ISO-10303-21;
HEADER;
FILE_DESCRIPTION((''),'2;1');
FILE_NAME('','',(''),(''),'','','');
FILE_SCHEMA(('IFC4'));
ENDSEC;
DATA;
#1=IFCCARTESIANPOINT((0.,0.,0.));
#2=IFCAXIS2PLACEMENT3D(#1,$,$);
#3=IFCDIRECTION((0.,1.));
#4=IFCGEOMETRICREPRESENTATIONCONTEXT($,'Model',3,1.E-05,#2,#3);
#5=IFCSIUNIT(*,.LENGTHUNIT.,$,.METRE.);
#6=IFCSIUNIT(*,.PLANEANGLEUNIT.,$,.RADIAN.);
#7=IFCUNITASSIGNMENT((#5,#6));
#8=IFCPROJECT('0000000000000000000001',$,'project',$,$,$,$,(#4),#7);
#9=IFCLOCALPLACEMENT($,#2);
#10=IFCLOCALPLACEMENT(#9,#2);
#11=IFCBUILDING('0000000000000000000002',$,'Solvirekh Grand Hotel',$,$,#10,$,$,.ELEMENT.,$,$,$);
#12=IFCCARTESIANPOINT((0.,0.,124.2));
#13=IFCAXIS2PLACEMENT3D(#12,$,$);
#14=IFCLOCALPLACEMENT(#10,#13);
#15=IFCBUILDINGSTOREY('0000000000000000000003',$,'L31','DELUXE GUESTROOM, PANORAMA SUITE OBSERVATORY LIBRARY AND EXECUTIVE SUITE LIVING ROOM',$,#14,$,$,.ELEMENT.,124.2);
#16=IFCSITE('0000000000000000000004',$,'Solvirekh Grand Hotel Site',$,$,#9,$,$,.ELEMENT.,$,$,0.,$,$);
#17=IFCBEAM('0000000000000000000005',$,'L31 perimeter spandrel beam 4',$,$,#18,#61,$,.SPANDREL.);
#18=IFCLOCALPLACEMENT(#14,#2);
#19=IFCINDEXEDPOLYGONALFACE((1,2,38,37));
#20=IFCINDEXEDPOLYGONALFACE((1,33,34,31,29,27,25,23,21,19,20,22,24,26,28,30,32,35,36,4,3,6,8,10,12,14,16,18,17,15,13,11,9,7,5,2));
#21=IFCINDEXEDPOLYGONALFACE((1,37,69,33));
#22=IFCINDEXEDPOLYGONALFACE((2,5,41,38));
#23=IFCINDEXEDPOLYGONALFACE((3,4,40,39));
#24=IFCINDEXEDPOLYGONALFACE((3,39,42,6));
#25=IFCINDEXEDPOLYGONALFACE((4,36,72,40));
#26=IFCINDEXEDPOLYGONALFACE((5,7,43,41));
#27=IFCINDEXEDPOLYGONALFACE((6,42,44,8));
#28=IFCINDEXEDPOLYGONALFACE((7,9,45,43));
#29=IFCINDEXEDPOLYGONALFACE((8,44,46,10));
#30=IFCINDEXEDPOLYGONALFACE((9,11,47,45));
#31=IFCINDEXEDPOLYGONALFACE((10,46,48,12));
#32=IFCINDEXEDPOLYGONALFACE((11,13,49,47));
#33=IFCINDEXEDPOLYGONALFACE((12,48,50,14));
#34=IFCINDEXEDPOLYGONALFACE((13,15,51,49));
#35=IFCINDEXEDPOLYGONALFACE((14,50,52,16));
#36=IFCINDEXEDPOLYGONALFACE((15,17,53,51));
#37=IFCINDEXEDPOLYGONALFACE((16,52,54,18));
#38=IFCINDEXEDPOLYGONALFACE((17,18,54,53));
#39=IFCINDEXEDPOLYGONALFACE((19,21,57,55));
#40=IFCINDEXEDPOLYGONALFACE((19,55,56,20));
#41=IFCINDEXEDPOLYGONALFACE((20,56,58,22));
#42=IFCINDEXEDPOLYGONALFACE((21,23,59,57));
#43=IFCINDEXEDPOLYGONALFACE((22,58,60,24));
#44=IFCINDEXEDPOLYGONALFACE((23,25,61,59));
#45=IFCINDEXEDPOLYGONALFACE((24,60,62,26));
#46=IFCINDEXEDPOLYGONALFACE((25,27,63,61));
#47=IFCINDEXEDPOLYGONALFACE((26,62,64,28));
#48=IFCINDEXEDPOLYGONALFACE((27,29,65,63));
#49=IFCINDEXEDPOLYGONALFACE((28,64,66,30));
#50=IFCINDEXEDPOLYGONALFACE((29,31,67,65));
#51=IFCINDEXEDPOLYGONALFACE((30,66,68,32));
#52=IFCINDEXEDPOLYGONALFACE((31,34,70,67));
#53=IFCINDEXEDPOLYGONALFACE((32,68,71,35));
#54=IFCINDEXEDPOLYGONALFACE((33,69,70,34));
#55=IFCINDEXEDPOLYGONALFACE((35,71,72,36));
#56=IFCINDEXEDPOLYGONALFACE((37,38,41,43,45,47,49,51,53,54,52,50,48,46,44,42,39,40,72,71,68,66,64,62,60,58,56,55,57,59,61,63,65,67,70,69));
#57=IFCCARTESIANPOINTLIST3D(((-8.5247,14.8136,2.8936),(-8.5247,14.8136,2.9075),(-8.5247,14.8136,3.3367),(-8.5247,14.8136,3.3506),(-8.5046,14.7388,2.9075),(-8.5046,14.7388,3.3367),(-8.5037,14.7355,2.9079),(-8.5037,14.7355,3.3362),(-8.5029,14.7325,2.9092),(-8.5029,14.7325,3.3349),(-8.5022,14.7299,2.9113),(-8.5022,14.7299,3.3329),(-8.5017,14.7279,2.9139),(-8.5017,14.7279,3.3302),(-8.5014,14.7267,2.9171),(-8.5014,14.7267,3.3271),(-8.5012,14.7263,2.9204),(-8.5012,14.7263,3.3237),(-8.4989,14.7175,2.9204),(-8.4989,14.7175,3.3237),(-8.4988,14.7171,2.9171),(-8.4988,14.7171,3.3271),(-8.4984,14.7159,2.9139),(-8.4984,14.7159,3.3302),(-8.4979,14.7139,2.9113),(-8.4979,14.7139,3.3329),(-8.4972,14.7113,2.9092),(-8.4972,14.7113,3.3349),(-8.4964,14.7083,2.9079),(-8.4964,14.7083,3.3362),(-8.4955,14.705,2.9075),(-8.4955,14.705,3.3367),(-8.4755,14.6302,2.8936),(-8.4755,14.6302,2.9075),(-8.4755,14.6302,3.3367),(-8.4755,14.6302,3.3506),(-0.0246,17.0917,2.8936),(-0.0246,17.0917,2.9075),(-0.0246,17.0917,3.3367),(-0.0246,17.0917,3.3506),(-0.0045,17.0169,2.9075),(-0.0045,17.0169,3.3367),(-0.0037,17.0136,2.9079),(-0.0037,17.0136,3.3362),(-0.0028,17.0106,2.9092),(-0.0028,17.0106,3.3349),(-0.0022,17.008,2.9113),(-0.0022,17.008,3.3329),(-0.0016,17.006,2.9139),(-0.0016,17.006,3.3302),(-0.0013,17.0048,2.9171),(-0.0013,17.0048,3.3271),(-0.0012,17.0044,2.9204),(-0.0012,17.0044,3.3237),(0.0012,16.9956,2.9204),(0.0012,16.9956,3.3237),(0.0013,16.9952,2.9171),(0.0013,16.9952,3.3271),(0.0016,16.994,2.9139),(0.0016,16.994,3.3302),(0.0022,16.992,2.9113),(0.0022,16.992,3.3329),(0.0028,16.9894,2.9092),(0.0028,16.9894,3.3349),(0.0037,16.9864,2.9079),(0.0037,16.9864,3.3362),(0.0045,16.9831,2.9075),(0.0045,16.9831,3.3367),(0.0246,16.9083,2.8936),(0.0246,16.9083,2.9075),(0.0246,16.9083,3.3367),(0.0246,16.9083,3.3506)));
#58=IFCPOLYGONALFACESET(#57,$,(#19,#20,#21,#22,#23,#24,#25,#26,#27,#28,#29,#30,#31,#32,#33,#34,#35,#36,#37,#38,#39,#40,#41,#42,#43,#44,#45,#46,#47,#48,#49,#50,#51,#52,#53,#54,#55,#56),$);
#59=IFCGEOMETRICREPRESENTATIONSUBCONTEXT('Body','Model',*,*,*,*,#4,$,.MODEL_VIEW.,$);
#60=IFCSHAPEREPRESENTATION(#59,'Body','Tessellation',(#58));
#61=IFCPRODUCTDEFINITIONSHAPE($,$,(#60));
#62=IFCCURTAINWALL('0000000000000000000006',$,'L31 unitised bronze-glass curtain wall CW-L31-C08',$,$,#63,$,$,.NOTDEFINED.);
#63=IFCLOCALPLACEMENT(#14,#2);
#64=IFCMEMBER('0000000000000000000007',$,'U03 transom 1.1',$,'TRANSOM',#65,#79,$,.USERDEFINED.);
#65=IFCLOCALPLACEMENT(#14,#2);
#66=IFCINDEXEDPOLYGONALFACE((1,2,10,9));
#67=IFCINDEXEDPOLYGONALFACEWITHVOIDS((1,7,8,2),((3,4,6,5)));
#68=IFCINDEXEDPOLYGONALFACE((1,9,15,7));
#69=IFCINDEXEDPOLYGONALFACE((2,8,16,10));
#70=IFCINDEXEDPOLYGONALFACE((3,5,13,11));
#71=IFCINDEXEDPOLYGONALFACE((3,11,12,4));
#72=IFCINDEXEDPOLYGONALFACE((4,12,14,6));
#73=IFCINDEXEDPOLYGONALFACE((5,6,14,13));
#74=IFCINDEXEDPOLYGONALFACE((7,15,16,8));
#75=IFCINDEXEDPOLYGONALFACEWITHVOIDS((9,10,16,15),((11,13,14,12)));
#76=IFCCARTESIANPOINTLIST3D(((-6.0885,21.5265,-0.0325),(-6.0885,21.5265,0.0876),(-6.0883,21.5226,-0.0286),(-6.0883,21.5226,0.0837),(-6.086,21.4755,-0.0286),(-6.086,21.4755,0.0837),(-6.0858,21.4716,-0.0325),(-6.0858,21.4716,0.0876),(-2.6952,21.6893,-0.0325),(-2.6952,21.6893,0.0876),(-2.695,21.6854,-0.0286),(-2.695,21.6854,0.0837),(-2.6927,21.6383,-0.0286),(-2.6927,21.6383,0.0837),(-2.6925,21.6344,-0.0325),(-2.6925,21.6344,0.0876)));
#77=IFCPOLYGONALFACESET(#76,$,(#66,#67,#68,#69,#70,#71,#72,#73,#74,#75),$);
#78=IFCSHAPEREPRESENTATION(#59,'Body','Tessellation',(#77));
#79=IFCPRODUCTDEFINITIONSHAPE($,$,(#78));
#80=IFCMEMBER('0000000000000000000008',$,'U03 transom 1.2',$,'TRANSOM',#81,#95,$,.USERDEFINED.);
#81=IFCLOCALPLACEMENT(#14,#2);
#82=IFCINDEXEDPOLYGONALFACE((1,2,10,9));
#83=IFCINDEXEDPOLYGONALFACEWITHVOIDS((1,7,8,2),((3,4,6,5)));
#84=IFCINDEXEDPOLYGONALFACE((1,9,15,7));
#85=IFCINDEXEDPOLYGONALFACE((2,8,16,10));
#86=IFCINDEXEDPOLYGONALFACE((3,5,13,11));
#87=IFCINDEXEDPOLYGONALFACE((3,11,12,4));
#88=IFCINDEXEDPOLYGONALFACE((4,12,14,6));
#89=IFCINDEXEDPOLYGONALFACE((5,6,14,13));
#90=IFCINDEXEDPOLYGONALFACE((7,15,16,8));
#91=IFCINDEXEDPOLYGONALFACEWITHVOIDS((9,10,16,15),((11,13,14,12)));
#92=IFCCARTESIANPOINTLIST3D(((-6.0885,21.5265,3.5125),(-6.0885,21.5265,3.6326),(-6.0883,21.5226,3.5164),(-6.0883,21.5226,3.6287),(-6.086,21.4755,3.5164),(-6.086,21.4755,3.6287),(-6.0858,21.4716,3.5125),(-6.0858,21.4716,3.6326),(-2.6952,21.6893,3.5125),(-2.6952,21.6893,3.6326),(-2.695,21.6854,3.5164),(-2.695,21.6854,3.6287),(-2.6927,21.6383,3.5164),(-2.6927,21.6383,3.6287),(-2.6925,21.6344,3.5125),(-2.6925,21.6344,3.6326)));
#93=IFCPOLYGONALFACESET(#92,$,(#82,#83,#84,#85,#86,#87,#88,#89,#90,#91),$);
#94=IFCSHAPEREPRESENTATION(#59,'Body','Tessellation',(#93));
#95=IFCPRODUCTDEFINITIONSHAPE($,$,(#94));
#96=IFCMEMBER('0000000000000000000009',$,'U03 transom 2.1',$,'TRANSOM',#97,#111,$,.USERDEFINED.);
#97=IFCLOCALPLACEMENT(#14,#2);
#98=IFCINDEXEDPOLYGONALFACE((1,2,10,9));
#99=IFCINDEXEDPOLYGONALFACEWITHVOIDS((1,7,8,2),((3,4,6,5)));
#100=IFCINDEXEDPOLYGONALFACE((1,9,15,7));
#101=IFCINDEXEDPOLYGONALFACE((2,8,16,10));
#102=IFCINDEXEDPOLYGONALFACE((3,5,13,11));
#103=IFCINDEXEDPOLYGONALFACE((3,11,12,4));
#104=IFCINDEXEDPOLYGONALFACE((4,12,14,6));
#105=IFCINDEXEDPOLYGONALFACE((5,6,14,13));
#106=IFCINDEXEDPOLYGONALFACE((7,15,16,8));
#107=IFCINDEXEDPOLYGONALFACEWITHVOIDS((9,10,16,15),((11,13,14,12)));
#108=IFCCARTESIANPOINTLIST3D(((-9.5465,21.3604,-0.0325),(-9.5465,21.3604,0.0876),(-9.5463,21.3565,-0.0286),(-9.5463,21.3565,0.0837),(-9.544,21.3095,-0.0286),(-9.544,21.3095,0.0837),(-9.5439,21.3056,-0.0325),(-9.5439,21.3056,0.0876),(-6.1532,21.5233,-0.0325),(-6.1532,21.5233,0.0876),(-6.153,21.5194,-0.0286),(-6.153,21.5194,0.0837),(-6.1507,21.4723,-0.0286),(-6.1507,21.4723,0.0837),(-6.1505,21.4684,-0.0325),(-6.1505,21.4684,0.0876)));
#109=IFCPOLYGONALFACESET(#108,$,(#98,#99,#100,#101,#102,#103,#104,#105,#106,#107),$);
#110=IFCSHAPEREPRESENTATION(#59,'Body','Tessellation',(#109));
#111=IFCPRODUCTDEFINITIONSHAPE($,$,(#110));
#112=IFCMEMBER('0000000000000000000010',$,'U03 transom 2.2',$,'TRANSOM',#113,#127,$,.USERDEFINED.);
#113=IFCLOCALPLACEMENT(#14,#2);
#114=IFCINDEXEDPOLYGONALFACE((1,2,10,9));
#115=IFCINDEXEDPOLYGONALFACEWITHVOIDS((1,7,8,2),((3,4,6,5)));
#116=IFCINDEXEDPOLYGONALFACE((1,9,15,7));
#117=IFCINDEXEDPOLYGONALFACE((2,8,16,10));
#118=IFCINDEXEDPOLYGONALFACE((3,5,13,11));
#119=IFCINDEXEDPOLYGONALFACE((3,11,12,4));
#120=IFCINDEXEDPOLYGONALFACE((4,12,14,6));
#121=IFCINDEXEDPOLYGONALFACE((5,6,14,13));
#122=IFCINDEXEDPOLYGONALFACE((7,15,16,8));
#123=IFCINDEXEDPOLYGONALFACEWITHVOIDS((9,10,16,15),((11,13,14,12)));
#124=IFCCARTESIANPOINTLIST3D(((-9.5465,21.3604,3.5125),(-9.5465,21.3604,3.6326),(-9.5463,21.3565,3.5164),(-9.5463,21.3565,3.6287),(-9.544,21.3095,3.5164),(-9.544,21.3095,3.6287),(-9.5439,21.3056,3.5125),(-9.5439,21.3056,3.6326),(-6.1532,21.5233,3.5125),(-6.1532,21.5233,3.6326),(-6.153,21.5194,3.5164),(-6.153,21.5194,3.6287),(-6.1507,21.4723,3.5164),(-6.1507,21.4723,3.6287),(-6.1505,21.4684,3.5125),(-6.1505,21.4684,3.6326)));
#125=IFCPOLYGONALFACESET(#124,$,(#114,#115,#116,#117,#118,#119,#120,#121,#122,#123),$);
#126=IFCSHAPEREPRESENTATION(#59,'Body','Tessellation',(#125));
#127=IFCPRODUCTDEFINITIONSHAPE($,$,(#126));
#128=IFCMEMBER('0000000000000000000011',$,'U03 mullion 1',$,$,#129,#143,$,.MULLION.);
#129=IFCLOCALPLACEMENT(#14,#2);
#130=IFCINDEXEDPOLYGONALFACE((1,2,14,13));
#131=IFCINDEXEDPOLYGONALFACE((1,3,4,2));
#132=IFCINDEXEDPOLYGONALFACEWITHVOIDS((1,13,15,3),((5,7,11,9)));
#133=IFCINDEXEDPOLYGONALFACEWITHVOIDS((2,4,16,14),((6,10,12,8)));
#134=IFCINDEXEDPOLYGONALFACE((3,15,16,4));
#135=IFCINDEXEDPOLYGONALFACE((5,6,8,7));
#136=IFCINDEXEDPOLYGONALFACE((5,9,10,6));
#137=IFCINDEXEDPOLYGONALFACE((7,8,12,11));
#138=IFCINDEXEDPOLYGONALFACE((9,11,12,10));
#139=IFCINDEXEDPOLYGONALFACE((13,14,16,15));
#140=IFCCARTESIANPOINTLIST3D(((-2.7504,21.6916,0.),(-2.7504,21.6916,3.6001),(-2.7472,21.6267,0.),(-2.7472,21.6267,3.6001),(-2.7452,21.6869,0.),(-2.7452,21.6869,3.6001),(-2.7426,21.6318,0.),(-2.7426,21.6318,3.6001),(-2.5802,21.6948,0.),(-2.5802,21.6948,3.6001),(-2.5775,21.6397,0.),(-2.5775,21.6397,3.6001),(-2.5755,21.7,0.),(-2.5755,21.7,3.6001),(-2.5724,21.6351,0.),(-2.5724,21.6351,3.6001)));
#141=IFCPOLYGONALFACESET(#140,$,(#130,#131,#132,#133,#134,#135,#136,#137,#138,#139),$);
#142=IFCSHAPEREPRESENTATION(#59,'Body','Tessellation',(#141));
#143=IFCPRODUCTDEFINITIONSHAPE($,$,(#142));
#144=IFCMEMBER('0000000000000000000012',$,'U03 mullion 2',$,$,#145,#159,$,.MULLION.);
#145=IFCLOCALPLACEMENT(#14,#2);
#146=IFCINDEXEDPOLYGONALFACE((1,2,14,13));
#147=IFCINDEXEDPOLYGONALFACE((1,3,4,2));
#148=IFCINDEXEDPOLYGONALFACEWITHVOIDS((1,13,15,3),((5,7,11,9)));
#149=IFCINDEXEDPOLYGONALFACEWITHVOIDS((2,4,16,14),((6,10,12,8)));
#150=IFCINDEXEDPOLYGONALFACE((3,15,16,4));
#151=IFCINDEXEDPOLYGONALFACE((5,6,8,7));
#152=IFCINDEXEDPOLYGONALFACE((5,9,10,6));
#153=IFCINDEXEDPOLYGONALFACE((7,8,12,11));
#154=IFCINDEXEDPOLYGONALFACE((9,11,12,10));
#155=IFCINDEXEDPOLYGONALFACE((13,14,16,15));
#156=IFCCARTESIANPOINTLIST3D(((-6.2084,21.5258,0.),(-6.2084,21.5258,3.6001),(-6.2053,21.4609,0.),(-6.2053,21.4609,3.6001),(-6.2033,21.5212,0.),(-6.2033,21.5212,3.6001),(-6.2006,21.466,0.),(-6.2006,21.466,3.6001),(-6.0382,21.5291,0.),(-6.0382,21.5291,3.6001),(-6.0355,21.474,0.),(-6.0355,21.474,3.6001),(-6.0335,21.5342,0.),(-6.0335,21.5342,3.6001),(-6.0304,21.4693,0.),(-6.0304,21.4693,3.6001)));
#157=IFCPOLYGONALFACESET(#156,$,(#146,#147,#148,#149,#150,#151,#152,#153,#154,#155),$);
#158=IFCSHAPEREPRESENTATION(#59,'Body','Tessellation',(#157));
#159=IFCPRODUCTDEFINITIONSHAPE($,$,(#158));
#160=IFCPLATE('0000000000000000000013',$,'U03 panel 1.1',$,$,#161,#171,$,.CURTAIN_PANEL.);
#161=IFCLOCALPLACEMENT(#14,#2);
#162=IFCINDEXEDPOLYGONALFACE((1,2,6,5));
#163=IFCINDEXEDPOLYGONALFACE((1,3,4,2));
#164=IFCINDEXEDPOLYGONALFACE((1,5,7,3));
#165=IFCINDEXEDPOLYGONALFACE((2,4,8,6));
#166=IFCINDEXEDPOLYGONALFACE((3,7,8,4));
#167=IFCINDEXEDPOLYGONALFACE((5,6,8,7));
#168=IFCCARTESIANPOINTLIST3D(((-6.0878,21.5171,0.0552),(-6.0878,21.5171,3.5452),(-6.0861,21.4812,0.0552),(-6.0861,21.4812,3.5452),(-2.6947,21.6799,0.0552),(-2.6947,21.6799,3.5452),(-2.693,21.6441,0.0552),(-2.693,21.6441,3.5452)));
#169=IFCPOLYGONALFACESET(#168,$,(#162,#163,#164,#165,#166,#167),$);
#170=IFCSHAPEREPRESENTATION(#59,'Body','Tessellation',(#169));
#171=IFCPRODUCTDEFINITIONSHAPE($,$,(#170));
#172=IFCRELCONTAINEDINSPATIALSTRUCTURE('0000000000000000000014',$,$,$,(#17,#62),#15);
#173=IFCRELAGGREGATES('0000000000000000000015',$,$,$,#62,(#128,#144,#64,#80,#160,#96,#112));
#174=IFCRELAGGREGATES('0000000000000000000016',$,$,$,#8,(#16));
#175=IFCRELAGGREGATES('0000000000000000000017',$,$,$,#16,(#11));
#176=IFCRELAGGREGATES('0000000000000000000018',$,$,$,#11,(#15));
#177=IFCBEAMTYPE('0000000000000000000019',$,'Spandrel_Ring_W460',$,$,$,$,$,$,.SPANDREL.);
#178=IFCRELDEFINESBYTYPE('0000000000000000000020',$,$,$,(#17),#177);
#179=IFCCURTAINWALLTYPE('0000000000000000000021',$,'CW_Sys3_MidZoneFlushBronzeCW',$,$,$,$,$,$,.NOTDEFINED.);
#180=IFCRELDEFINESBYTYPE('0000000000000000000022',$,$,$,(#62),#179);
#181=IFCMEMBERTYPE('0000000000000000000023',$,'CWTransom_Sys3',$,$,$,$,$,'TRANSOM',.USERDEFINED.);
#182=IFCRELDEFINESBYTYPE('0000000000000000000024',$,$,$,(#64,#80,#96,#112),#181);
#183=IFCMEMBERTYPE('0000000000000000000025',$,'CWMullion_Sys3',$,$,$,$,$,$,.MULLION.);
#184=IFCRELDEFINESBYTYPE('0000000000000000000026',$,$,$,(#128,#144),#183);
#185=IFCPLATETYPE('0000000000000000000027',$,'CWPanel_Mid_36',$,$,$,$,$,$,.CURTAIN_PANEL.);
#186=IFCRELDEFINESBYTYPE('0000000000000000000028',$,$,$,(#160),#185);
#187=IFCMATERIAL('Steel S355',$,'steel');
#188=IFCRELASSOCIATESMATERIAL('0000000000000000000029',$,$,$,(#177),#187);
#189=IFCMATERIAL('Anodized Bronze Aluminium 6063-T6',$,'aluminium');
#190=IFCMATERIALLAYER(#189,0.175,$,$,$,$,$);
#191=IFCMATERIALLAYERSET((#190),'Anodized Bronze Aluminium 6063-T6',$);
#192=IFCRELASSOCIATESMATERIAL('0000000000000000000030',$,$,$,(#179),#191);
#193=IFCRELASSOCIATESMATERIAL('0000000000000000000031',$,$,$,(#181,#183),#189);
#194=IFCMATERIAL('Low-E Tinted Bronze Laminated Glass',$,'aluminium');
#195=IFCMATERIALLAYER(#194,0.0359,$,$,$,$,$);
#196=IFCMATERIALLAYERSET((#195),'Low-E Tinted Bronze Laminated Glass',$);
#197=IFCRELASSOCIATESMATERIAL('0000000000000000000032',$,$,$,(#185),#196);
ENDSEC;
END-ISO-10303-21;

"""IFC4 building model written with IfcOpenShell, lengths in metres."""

from ifc_helpers import new_model, si_unit, direction, frame, origin, origin_2d, place, context, subcontext, project, spatial, rectangle, hollow_rectangle, i_section, extrude, source, transform, mapped, material, layer, layer_set, material_profile, profile_set, type_object, element, aggregate, save


model = new_model("IFC4")

# Units and contexts
model_context = context("Model", 3, precision=1e-05, world=origin(), true_north=direction((0.0, 1.0)))
body_context = subcontext(model_context, "Body", "Model", "MODEL_VIEW")
ifc_project = project(units=[si_unit("LENGTHUNIT", "METRE"), si_unit("PLANEANGLEUNIT", "RADIAN")], contexts=[model_context])

# Site, building, storey
site_placement = place(None, origin())
site = spatial("IfcSite", under=ifc_project, at=site_placement, Name="Solvirekh Grand Hotel Site", CompositionType="ELEMENT", RefElevation=0.0)
building_placement = place(site_placement, origin())
building = spatial("IfcBuilding", under=site, at=building_placement, Name="Solvirekh Grand Hotel", CompositionType="ELEMENT")
storey_placement = place(building_placement, frame((0.0, 0.0, 124.2)))
storey = spatial("IfcBuildingStorey", under=building, at=storey_placement, Name="L31", Description="DELUXE GUESTROOM, PANORAMA SUITE OBSERVATORY LIBRARY AND EXECUTIVE SUITE LIVING ROOM", CompositionType="ELEMENT", Elevation=124.2)

# Beam
ifc_material_1 = material(Name="Steel S355", Category="steel")
ifc_material_profile_1 = material_profile(ifc_material_1, i_section(OverallWidth=0.1899, OverallDepth=0.457, WebThickness=0.009, FlangeThickness=0.0139, FilletRadius=0.0129, at=origin_2d()), Name="W460X74")
ifc_profile_set_1 = profile_set([ifc_material_profile_1], Name="Steel S355")
beam_type_1 = type_object("IfcBeamType", Name="Spandrel_Ring_W460", PredefinedType="SPANDREL", material=ifc_profile_set_1)
beam_1_placement = place(storey_placement, frame((0.0, 17.0, 3.1221), z_axis=(-0.965911, -0.258873, 0.0), x_axis=(0.258873, -0.965911, 0.0)))
element("IfcBeam", 1, at=beam_1_placement, inside=storey, type_object=beam_type_1, Name="L31 perimeter spandrel beam 4", PredefinedType="SPANDREL", context=body_context, shape_type="SweptSolid", body=[
    extrude(i_section(OverallWidth=0.1899, OverallDepth=0.457, WebThickness=0.009, FlangeThickness=0.0139, FilletRadius=0.0129, at=origin_2d()), origin(), (0.0, 0.0, 1.0), 8.8),
])

# Curtain wall, members, plate
ifc_material_2 = material(Name="Anodized Bronze Aluminium 6063-T6", Category="aluminium")
ifc_layer_1 = layer(ifc_material_2, 0.175)
ifc_layer_set_1 = layer_set([ifc_layer_1], Name="Anodized Bronze Aluminium 6063-T6")
curtain_wall_type = type_object("IfcCurtainWallType", Name="CW_Sys3_MidZoneFlushBronzeCW", PredefinedType="NOTDEFINED", material=ifc_layer_set_1)
curtain_wall_placement = place(storey_placement, origin())
curtain_wall = element("IfcCurtainWall", 2, at=curtain_wall_placement, inside=storey, type_object=curtain_wall_type, Name="L31 unitised bronze-glass curtain wall CW-L31-C08", PredefinedType="NOTDEFINED")
ifc_material_profile_2 = material_profile(ifc_material_2, hollow_rectangle(XDim=0.0549, YDim=0.1201, WallThickness=0.0039, at=origin_2d()), Name="ALU RHS 120X55X4")
ifc_profile_set_2 = profile_set([ifc_material_profile_2], Name="Anodized Bronze Aluminium 6063-T6")
member_type_1 = type_object("IfcMemberType", Name="CWTransom_Sys3", ElementType="TRANSOM", PredefinedType="USERDEFINED", material=ifc_profile_set_2)
shared_shape_1 = source(origin(), body_context, "Body", "SweptSolid", [
    extrude(hollow_rectangle(XDim=0.0549, YDim=0.1201, WallThickness=0.0039, at=origin_2d()), origin(), (0.0, 0.0, 1.0), 3.3972),
])
member_1_placement = place(storey_placement, frame((-2.6938, 21.6619, 0.0276), z_axis=(-0.998851, -0.047934, 0.0), x_axis=(0.047934, -0.998851, 0.0)))
member_1 = element("IfcMember", 3, at=member_1_placement, type_object=member_type_1, Name="U03 transom 1.1", ObjectType="TRANSOM", PredefinedType="USERDEFINED", context=body_context, shape_type="MappedRepresentation", body=[
    mapped(shared_shape_1, transform((0.0, 0.0, 0.0), x_axis=(1.0, 0.0, 0.0), y_axis=(0.0, 1.0, 0.0), z_axis=(0.0, 0.0, 1.0), scale=1.0)),
])
member_2_placement = place(storey_placement, frame((-2.6938, 21.6619, 3.5725), z_axis=(-0.998851, -0.047934, 0.0), x_axis=(0.047934, -0.998851, 0.0)))
member_2 = element("IfcMember", 4, at=member_2_placement, type_object=member_type_1, Name="U03 transom 1.2", ObjectType="TRANSOM", PredefinedType="USERDEFINED", context=body_context, shape_type="MappedRepresentation", body=[
    mapped(shared_shape_1, transform((0.0, 0.0, 0.0), x_axis=(1.0, 0.0, 0.0), y_axis=(0.0, 1.0, 0.0), z_axis=(0.0, 0.0, 1.0), scale=1.0)),
])
member_3_placement = place(storey_placement, frame((-6.1519, 21.4958, 0.0276), z_axis=(-0.998851, -0.047934, 0.0), x_axis=(0.047934, -0.998851, 0.0)))
member_3 = element("IfcMember", 5, at=member_3_placement, type_object=member_type_1, Name="U03 transom 2.1", ObjectType="TRANSOM", PredefinedType="USERDEFINED", context=body_context, shape_type="MappedRepresentation", body=[
    mapped(shared_shape_1, transform((0.0, 0.0, 0.0), x_axis=(1.0, 0.0, 0.0), y_axis=(0.0, 1.0, 0.0), z_axis=(0.0, 0.0, 1.0), scale=1.0)),
])
member_4_placement = place(storey_placement, frame((-6.1519, 21.4958, 3.5725), z_axis=(-0.998851, -0.047934, 0.0), x_axis=(0.047934, -0.998851, 0.0)))
member_4 = element("IfcMember", 6, at=member_4_placement, type_object=member_type_1, Name="U03 transom 2.2", ObjectType="TRANSOM", PredefinedType="USERDEFINED", context=body_context, shape_type="MappedRepresentation", body=[
    mapped(shared_shape_1, transform((0.0, 0.0, 0.0), x_axis=(1.0, 0.0, 0.0), y_axis=(0.0, 1.0, 0.0), z_axis=(0.0, 0.0, 1.0), scale=1.0)),
])
ifc_material_profile_3 = material_profile(ifc_material_2, hollow_rectangle(XDim=0.0649, YDim=0.175, WallThickness=0.0049, at=origin_2d()), Name="ALU RHS 175X65X5")
ifc_profile_set_3 = profile_set([ifc_material_profile_3], Name="Anodized Bronze Aluminium 6063-T6")
member_type_2 = type_object("IfcMemberType", Name="CWMullion_Sys3", PredefinedType="MULLION", material=ifc_profile_set_3)
shared_shape_2 = source(origin(), body_context, "Body", "SweptSolid", [
    extrude(hollow_rectangle(XDim=0.0649, YDim=0.175, WallThickness=0.0049, at=origin_2d()), origin(), (0.0, 0.0, 1.0), 3.6001),
])
member_5_placement = place(storey_placement, frame((-2.6614, 21.6633, 0.0), z_axis=(0.0, 0.0, 1.0), x_axis=(0.047932, -0.998851, 0.0)))
member_5 = element("IfcMember", 7, at=member_5_placement, type_object=member_type_2, Name="U03 mullion 1", PredefinedType="MULLION", context=body_context, shape_type="MappedRepresentation", body=[
    mapped(shared_shape_2, transform((0.0, 0.0, 0.0), x_axis=(1.0, 0.0, 0.0), y_axis=(0.0, 1.0, 0.0), z_axis=(0.0, 0.0, 1.0), scale=1.0)),
])
member_6_placement = place(storey_placement, frame((-6.1194, 21.4976, 0.0), z_axis=(0.0, 0.0, 1.0), x_axis=(0.047932, -0.998851, 0.0)))
member_6 = element("IfcMember", 8, at=member_6_placement, type_object=member_type_2, Name="U03 mullion 2", PredefinedType="MULLION", context=body_context, shape_type="MappedRepresentation", body=[
    mapped(shared_shape_2, transform((0.0, 0.0, 0.0), x_axis=(1.0, 0.0, 0.0), y_axis=(0.0, 1.0, 0.0), z_axis=(0.0, 0.0, 1.0), scale=1.0)),
])
ifc_material_3 = material(Name="Low-E Tinted Bronze Laminated Glass", Category="aluminium")
ifc_layer_2 = layer(ifc_material_3, 0.0359)
ifc_layer_set_2 = layer_set([ifc_layer_2], Name="Low-E Tinted Bronze Laminated Glass")
plate_type = type_object("IfcPlateType", Name="CWPanel_Mid_36", PredefinedType="CURTAIN_PANEL", material=ifc_layer_set_2)
shared_shape_3 = source(origin(), body_context, "Body", "SweptSolid", [
    extrude(rectangle(XDim=3.397, YDim=0.0359, at=origin_2d()), origin(), (0.0, 0.0, 1.0), 3.49),
])
plate_placement = place(storey_placement, frame((-4.3904, 21.5806, 0.0552), z_axis=(0.0, 0.0, 1.0), x_axis=(-0.998851, -0.047932, 0.0)))
plate = element("IfcPlate", 9, at=plate_placement, type_object=plate_type, Name="U03 panel 1.1", PredefinedType="CURTAIN_PANEL", context=body_context, shape_type="MappedRepresentation", body=[
    mapped(shared_shape_3, transform((0.0, 0.0, 0.0), x_axis=(1.0, 0.0, 0.0), y_axis=(0.0, 1.0, 0.0), z_axis=(0.0, 0.0, 1.0), scale=1.0)),
])
aggregate(curtain_wall, [member_5, member_6, member_1, member_2, plate, member_3, member_4])

save(model, "model.ifc")
